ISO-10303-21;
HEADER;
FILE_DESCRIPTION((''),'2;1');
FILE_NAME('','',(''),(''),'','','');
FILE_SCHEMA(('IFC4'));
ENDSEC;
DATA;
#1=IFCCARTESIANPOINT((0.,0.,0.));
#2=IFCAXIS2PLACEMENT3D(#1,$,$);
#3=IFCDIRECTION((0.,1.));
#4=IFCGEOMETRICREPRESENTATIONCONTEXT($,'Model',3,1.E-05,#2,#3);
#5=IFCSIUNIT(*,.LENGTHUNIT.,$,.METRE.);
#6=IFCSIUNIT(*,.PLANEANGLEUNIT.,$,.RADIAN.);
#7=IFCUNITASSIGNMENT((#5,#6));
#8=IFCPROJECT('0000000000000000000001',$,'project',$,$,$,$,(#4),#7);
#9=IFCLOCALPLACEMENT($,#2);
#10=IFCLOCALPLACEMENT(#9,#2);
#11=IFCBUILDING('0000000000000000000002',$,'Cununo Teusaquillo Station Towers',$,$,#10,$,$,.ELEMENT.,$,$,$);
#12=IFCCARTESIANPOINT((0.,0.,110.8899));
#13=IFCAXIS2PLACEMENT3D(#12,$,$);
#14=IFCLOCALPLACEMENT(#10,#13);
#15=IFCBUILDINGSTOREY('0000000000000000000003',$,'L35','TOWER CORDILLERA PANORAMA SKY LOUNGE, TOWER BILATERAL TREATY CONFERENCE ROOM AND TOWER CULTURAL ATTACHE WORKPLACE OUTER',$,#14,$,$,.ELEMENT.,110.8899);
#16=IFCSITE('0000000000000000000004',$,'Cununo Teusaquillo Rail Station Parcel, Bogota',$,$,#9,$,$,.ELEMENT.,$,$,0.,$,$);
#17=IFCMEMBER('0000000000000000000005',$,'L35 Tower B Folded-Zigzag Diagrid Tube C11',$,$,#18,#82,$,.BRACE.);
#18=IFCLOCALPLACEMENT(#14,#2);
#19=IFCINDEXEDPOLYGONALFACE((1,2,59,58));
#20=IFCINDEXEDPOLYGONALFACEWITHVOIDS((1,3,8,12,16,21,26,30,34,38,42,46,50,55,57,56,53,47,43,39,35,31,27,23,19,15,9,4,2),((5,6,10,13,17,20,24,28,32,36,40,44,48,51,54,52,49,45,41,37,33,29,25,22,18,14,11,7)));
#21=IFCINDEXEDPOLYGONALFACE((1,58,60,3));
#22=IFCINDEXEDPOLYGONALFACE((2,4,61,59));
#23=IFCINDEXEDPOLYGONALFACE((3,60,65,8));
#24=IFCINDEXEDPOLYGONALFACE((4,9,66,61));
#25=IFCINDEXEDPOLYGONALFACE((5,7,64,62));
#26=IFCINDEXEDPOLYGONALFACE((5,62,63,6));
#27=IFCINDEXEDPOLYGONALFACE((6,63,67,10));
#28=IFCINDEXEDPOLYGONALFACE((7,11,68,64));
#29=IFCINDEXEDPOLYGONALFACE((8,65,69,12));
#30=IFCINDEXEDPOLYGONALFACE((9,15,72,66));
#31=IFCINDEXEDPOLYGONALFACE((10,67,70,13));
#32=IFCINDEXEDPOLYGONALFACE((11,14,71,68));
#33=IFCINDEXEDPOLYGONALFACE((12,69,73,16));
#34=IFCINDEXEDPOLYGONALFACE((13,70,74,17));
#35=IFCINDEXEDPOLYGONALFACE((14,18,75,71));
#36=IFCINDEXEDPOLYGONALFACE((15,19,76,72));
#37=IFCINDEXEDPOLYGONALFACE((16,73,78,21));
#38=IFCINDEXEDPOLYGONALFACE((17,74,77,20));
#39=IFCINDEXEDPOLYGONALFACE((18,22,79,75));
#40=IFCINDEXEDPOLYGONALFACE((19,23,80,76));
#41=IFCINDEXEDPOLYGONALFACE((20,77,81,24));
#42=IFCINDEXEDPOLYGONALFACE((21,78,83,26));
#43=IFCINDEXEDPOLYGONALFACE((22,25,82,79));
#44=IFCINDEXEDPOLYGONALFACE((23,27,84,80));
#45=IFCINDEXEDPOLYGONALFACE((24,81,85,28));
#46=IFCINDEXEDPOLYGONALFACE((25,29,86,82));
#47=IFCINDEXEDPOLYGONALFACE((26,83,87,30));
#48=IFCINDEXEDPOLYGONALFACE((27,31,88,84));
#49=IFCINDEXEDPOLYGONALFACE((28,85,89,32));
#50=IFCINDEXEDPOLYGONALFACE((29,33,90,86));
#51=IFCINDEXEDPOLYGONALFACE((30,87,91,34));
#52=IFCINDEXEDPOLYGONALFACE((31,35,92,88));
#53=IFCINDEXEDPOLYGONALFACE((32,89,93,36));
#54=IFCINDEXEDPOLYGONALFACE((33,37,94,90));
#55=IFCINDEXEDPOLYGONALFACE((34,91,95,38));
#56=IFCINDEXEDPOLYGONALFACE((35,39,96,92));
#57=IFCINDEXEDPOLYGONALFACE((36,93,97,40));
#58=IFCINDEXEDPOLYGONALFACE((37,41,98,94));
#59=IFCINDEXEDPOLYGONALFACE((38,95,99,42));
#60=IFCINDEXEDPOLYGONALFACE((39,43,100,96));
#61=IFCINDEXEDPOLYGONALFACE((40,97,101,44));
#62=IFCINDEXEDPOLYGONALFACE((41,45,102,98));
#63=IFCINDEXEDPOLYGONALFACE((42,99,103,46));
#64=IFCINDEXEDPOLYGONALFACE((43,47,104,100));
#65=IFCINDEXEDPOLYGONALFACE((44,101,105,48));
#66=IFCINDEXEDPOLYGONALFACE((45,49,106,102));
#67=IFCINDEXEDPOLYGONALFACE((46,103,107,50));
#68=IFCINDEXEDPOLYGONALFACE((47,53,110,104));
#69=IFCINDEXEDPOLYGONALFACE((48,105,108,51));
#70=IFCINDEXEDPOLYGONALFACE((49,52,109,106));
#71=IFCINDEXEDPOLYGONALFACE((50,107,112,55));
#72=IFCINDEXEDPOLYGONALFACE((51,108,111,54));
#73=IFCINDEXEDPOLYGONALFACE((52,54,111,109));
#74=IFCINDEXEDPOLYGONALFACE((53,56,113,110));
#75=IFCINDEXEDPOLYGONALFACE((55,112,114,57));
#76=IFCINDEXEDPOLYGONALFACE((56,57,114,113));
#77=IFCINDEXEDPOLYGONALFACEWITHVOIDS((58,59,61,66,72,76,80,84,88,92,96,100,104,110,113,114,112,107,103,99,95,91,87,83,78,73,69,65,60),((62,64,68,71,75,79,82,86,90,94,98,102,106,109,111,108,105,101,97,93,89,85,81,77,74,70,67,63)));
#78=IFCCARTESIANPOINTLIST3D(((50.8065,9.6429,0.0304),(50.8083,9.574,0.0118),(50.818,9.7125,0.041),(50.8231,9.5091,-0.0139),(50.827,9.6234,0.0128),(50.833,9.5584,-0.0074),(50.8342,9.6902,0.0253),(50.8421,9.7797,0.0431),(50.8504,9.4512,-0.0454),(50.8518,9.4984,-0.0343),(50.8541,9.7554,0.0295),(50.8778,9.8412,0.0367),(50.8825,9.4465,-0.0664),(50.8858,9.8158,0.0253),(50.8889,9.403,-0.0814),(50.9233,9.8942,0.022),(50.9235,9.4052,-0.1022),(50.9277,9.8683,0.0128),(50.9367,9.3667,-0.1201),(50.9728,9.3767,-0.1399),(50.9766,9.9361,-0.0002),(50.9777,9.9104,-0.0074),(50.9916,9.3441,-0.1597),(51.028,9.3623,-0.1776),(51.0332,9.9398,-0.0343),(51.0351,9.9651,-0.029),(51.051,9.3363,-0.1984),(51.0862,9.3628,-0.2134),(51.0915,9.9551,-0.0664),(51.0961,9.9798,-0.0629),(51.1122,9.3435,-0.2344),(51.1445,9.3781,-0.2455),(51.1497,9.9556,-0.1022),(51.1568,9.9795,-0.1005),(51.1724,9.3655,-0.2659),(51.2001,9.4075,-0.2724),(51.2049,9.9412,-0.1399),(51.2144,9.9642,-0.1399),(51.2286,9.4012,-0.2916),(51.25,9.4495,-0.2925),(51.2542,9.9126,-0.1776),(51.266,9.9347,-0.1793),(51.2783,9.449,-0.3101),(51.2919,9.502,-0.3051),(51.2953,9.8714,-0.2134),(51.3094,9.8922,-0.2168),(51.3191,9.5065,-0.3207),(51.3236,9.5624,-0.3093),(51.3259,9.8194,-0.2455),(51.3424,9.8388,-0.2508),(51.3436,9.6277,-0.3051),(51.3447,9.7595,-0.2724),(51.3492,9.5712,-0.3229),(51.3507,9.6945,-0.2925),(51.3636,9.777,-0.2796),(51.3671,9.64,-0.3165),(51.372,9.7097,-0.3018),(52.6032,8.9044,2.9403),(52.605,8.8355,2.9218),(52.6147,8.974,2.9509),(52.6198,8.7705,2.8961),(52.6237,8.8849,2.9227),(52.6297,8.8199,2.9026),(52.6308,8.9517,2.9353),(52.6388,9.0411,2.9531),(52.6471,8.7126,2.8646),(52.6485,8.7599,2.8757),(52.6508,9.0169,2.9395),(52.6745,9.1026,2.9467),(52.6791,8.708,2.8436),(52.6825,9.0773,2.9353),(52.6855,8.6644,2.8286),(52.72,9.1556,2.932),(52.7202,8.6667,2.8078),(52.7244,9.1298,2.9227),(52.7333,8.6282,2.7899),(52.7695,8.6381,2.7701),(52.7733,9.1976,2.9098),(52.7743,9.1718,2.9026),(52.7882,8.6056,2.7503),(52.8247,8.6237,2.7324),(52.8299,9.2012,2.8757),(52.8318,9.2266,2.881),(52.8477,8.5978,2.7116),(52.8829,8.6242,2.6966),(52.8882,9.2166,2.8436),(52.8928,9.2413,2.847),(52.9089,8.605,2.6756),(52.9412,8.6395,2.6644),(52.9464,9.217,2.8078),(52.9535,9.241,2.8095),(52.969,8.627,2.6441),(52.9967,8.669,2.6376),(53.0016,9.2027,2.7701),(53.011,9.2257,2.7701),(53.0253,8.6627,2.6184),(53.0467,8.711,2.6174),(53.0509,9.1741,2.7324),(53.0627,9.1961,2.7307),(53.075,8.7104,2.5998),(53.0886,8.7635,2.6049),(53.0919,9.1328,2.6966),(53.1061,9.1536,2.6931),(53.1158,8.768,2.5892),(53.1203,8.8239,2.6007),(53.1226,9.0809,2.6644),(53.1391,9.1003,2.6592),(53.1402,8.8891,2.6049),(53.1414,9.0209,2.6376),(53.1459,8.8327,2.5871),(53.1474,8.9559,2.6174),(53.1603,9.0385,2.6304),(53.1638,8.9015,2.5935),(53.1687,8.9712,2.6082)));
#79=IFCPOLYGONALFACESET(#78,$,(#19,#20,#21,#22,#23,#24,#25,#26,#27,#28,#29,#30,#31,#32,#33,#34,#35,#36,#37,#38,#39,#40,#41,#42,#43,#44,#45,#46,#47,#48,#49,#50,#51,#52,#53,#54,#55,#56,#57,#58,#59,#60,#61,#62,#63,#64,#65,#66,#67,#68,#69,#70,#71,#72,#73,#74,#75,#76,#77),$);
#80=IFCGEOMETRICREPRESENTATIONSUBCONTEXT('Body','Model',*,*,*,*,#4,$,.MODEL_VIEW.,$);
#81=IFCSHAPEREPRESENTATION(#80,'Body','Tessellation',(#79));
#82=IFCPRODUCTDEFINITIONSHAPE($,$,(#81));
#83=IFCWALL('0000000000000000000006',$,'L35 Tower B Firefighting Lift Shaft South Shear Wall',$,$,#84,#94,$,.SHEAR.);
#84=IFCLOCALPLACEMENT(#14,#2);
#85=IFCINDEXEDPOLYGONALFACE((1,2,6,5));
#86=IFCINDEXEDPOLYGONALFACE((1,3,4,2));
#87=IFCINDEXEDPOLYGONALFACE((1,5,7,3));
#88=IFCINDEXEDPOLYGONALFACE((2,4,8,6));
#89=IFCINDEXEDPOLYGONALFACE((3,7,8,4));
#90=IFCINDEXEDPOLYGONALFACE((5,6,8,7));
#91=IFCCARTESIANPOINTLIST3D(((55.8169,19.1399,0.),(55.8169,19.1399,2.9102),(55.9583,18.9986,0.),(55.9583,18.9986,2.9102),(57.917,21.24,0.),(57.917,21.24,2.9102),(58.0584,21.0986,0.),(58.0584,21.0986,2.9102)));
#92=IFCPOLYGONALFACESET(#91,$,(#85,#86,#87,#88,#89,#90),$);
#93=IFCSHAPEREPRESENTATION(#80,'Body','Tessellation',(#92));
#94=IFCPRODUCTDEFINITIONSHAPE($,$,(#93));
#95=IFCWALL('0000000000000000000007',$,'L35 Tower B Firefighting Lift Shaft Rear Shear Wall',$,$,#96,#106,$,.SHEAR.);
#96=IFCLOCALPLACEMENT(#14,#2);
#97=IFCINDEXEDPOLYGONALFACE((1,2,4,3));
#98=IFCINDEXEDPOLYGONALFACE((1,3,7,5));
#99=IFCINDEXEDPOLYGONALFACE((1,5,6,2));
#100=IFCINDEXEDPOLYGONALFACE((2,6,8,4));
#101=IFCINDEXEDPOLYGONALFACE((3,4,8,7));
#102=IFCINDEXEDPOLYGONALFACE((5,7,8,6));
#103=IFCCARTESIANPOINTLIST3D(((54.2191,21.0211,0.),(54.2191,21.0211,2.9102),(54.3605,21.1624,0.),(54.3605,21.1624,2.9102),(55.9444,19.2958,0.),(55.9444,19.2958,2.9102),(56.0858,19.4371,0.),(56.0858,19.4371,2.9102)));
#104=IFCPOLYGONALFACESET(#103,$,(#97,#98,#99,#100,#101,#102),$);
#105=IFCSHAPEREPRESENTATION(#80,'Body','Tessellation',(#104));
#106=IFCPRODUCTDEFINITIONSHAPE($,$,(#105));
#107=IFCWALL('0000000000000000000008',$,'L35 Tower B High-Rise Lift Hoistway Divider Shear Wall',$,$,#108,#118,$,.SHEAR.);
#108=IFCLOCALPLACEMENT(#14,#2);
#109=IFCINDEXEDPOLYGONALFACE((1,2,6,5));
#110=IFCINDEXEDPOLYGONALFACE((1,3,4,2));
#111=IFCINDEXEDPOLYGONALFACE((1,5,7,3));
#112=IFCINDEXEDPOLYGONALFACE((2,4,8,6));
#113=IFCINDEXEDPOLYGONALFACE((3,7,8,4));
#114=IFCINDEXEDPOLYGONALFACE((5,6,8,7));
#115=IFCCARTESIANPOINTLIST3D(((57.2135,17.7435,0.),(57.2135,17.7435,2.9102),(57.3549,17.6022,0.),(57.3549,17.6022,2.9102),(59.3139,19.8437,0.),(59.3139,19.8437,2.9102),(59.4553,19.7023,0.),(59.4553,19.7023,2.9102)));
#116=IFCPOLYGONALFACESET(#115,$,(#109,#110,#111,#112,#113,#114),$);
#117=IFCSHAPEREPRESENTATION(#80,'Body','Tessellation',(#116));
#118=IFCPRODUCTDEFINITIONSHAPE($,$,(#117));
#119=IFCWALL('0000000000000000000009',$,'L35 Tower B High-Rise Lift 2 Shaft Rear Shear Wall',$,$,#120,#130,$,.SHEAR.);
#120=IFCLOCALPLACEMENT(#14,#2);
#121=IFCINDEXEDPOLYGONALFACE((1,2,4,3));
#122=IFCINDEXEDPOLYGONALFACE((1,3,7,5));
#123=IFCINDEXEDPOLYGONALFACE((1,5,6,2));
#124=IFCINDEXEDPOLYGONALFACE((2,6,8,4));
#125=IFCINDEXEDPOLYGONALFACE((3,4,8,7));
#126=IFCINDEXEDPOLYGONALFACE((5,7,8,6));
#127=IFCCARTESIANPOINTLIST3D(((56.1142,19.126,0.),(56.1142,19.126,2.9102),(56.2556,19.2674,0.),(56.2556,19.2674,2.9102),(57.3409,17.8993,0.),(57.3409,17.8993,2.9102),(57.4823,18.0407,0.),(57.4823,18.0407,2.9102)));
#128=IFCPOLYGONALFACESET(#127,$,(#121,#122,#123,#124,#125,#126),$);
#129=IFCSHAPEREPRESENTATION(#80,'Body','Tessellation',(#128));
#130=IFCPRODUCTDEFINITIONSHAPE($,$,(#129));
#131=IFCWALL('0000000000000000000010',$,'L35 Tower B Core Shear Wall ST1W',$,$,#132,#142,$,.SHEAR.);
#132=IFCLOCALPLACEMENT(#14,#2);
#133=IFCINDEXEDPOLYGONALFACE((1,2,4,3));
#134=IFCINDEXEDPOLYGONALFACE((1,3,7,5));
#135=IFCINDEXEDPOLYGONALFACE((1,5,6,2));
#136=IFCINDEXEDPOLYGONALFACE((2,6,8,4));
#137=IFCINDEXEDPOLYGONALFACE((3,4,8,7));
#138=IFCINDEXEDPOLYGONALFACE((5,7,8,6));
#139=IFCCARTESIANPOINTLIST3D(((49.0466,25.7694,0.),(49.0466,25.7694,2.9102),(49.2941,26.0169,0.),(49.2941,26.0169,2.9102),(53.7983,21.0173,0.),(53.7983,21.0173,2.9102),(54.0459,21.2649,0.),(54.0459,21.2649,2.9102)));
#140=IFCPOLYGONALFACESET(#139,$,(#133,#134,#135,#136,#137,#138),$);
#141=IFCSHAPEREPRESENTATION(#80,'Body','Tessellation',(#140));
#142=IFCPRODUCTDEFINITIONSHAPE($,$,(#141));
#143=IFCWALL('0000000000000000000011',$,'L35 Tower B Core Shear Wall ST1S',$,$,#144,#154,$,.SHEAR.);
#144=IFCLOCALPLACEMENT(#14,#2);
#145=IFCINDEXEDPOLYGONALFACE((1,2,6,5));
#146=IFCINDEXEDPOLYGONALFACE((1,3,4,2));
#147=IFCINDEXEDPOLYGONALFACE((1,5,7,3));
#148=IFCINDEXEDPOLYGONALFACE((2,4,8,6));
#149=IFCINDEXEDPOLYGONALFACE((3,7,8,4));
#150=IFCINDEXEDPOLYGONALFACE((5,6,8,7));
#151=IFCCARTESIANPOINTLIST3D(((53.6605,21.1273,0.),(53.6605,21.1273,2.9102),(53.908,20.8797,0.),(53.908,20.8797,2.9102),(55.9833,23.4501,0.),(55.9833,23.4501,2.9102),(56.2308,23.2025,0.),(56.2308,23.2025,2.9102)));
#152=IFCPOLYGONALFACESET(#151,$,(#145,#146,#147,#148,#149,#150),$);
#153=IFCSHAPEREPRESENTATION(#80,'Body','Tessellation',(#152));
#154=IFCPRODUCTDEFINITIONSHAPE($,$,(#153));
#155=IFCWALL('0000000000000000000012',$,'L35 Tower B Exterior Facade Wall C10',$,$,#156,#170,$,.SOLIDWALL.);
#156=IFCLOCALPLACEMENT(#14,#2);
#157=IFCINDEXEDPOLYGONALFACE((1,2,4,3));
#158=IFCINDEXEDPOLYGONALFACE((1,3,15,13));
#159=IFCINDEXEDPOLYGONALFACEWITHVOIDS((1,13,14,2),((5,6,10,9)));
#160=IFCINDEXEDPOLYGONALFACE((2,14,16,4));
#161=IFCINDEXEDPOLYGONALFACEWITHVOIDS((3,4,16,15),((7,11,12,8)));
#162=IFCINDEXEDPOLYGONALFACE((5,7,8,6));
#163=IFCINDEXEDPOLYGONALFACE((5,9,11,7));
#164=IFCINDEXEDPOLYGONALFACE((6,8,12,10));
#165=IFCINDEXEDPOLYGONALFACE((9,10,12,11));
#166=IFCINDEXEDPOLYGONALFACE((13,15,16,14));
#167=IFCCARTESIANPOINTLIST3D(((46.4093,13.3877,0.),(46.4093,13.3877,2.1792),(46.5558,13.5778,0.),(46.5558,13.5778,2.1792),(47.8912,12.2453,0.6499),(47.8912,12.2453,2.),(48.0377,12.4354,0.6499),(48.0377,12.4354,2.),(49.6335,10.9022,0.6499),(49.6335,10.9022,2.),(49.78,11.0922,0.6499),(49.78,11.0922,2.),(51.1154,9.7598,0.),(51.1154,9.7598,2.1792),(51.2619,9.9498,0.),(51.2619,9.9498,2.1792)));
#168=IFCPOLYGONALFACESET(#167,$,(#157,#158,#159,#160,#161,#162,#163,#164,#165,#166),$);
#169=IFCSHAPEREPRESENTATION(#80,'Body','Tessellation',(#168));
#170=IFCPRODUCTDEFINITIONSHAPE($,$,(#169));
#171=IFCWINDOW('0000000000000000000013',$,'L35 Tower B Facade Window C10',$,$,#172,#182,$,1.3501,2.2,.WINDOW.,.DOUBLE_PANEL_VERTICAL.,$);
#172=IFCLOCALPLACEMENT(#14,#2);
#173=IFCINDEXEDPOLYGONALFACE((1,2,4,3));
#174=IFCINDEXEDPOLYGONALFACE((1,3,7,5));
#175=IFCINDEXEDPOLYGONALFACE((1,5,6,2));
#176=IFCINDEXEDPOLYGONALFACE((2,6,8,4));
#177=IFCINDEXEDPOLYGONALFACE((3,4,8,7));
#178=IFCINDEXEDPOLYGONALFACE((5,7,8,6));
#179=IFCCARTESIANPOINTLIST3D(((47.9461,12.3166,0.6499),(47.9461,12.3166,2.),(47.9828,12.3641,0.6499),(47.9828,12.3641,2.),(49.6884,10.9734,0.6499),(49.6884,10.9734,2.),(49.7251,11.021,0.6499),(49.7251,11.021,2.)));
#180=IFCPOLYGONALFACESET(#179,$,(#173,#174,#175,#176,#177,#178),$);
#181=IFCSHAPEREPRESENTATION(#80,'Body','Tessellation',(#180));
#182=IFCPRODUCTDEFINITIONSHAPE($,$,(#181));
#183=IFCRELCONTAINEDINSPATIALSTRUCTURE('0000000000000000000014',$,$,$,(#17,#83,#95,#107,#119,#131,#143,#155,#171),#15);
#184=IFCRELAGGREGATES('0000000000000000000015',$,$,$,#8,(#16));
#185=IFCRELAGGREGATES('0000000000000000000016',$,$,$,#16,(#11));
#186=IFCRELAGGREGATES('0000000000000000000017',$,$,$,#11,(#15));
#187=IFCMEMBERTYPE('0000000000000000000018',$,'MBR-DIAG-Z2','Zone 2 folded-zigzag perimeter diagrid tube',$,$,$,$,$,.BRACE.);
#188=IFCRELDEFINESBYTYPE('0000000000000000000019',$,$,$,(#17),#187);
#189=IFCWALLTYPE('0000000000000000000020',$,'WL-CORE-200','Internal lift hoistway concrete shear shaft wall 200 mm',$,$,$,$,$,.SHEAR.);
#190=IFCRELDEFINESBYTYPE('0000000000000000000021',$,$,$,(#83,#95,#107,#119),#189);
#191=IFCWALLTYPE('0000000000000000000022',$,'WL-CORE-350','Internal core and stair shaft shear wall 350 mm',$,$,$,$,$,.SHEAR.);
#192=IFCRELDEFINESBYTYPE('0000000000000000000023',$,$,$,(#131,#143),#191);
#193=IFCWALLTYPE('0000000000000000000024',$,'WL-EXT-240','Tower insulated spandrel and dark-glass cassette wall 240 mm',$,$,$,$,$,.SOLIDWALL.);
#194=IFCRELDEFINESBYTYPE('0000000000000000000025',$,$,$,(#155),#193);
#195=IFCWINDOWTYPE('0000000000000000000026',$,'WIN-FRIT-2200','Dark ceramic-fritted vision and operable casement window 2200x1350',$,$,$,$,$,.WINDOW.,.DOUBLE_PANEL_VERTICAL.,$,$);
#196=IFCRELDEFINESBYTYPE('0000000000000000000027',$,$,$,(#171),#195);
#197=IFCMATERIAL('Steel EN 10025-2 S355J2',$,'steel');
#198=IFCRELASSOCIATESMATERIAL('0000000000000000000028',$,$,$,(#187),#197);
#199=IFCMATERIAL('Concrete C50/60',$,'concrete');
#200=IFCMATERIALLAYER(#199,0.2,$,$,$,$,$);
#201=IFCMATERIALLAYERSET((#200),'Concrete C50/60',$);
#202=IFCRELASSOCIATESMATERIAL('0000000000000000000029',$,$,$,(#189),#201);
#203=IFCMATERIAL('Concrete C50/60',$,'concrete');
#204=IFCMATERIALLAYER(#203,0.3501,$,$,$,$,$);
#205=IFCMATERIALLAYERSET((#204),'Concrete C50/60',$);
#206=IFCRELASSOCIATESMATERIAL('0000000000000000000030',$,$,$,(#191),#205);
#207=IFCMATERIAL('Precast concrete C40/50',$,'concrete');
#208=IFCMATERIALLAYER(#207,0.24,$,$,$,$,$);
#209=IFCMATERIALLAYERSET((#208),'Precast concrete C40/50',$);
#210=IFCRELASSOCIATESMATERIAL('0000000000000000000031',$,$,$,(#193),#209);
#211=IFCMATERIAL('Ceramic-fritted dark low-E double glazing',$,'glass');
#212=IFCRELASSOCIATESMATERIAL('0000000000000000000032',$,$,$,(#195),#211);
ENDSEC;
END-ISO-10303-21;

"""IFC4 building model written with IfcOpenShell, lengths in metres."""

from ifc_helpers import new_model, si_unit, direction, frame, frame_2d, origin, origin_2d, place, context, subcontext, project, spatial, rectangle, hollow_circle, extrude, source, transform, mapped, material, layer, layer_set, material_profile, profile_set, type_object, element, fill, save


model = new_model("IFC4")

# Units and contexts
model_context = context("Model", 3, precision=1e-05, world=origin(), true_north=direction((0.0, 1.0)))
body_context = subcontext(model_context, "Body", "Model", "MODEL_VIEW")
ifc_project = project(units=[si_unit("LENGTHUNIT", "METRE"), si_unit("PLANEANGLEUNIT", "RADIAN")], contexts=[model_context])

# Site, building, storey
site_placement = place(None, origin())
site = spatial("IfcSite", under=ifc_project, at=site_placement, Name="Cununo Teusaquillo Rail Station Parcel, Bogota", CompositionType="ELEMENT", RefElevation=0.0)
building_placement = place(site_placement, origin())
building = spatial("IfcBuilding", under=site, at=building_placement, Name="Cununo Teusaquillo Station Towers", CompositionType="ELEMENT")
storey_placement = place(building_placement, frame((0.0, 0.0, 110.8899)))
storey = spatial("IfcBuildingStorey", under=building, at=storey_placement, Name="L35", Description="TOWER CORDILLERA PANORAMA SKY LOUNGE, TOWER BILATERAL TREATY CONFERENCE ROOM AND TOWER CULTURAL ATTACHE WORKPLACE OUTER", CompositionType="ELEMENT", Elevation=110.8899)

# Member
ifc_material_1 = material(Name="Steel EN 10025-2 S355J2", Category="steel")
ifc_material_profile_1 = material_profile(ifc_material_1, hollow_circle(Radius=0.3301, WallThickness=0.0249, at=origin_2d()), Name="CHS 660x25")
ifc_profile_set_1 = profile_set([ifc_material_profile_1], Name="Steel EN 10025-2 S355J2")
member_type = type_object("IfcMemberType", Name="MBR-DIAG-Z2", Description="Zone 2 folded-zigzag perimeter diagrid tube", PredefinedType="BRACE", material=ifc_profile_set_1)
member_placement = place(storey_placement, frame((51.0889, 9.6589, -0.1399), z_axis=(0.513514, -0.211086, 0.831713), x_axis=(0.380193, 0.924907, 0.0)))
element("IfcMember", 1, at=member_placement, inside=storey, type_object=member_type, Name="L35 Tower B Folded-Zigzag Diagrid Tube C11", PredefinedType="BRACE", context=body_context, shape_type="SweptSolid", body=[
    extrude(hollow_circle(Radius=0.3301, WallThickness=0.0249, at=origin_2d()), origin(), (0.0, 0.0, 1.0), 3.4988),
])

# Walls
ifc_material_2 = material(Name="Concrete C50/60", Category="concrete")
ifc_layer_1 = layer(ifc_material_2, 0.2)
ifc_layer_set_1 = layer_set([ifc_layer_1], Name="Concrete C50/60")
wall_type_1 = type_object("IfcWallType", Name="WL-CORE-200", Description="Internal lift hoistway concrete shear shaft wall 200 mm", PredefinedType="SHEAR", material=ifc_layer_set_1)
wall_1_placement = place(storey_placement, frame((55.8877, 19.0693, 0.0), z_axis=(0.0, 0.0, 1.0), x_axis=(0.707107, 0.707107, 0.0)))
element("IfcWall", 2, at=wall_1_placement, inside=storey, type_object=wall_type_1, Name="L35 Tower B Firefighting Lift Shaft South Shear Wall", PredefinedType="SHEAR", context=body_context, shape_type="SweptSolid", body=[
    extrude(rectangle(XDim=2.97, YDim=0.2, at=frame_2d((1.4849, 0.0))), origin(), (0.0, 0.0, 1.0), 2.9102),
])
wall_2_placement = place(storey_placement, frame((56.0151, 19.3665, 0.0), z_axis=(0.0, 0.0, 1.0), x_axis=(-0.707107, 0.707107, 0.0)))
element("IfcWall", 3, at=wall_2_placement, inside=storey, type_object=wall_type_1, Name="L35 Tower B Firefighting Lift Shaft Rear Shear Wall", PredefinedType="SHEAR", context=body_context, shape_type="SweptSolid", body=[
    extrude(rectangle(XDim=2.4399, YDim=0.2, at=frame_2d((1.22, 0.0))), origin(), (0.0, 0.0, 1.0), 2.9102),
])
wall_3_placement = place(storey_placement, frame((57.2842, 17.6729, 0.0), z_axis=(0.0, 0.0, 1.0), x_axis=(0.707148, 0.707066, 0.0)))
element("IfcWall", 4, at=wall_3_placement, inside=storey, type_object=wall_type_1, Name="L35 Tower B High-Rise Lift Hoistway Divider Shear Wall", PredefinedType="SHEAR", context=body_context, shape_type="SweptSolid", body=[
    extrude(rectangle(XDim=2.9702, YDim=0.2, at=frame_2d((1.4851, 0.0))), origin(), (0.0, 0.0, 1.0), 2.9102),
])
wall_4_placement = place(storey_placement, frame((57.4116, 17.97, 0.0), z_axis=(0.0, 0.0, 1.0), x_axis=(-0.707107, 0.707107, 0.0)))
element("IfcWall", 5, at=wall_4_placement, inside=storey, type_object=wall_type_1, Name="L35 Tower B High-Rise Lift 2 Shaft Rear Shear Wall", PredefinedType="SHEAR", context=body_context, shape_type="SweptSolid", body=[
    extrude(rectangle(XDim=1.7349, YDim=0.2, at=frame_2d((0.8674, 0.0))), origin(), (0.0, 0.0, 1.0), 2.9102),
])
ifc_material_3 = material(Name="Concrete C50/60", Category="concrete")
ifc_layer_2 = layer(ifc_material_3, 0.3501)
ifc_layer_set_2 = layer_set([ifc_layer_2], Name="Concrete C50/60")
wall_type_2 = type_object("IfcWallType", Name="WL-CORE-350", Description="Internal core and stair shaft shear wall 350 mm", PredefinedType="SHEAR", material=ifc_layer_set_2)
wall_5_placement = place(storey_placement, frame((53.9221, 21.1411, 0.0), z_axis=(0.0, 0.0, 1.0), x_axis=(-0.707089, 0.707125, 0.0)))
element("IfcWall", 6, at=wall_5_placement, inside=storey, type_object=wall_type_2, Name="L35 Tower B Core Shear Wall ST1W", PredefinedType="SHEAR", context=body_context, shape_type="SweptSolid", body=[
    extrude(rectangle(XDim=6.7202, YDim=0.3501, at=frame_2d((3.3601, 0.0))), origin(), (0.0, 0.0, 1.0), 2.9102),
])
wall_6_placement = place(storey_placement, frame((53.7842, 21.0034, 0.0), z_axis=(0.0, 0.0, 1.0), x_axis=(0.707107, 0.707107, 0.0)))
element("IfcWall", 7, at=wall_6_placement, inside=storey, type_object=wall_type_2, Name="L35 Tower B Core Shear Wall ST1S", PredefinedType="SHEAR", context=body_context, shape_type="SweptSolid", body=[
    extrude(rectangle(XDim=3.2849, YDim=0.3501, at=frame_2d((1.6426, 0.0))), origin(), (0.0, 0.0, 1.0), 2.9102),
])

# Wall, opening, window
ifc_material_4 = material(Name="Precast concrete C40/50", Category="concrete")
ifc_layer_3 = layer(ifc_material_4, 0.24)
ifc_layer_set_3 = layer_set([ifc_layer_3], Name="Precast concrete C40/50")
wall_type_3 = type_object("IfcWallType", Name="WL-EXT-240", Description="Tower insulated spandrel and dark-glass cassette wall 240 mm", PredefinedType="SOLIDWALL", material=ifc_layer_set_3)
wall_7_placement = place(storey_placement, frame((51.1887, 9.8547, 0.0), z_axis=(0.0, 0.0, 1.0), x_axis=(-0.791982, 0.610544, 0.0)))
wall_7 = element("IfcWall", 8, at=wall_7_placement, inside=storey, type_object=wall_type_3, Name="L35 Tower B Exterior Facade Wall C10", PredefinedType="SOLIDWALL", context=body_context, shape_type="SweptSolid", body=[
    extrude(rectangle(XDim=5.9421, YDim=0.24, at=frame_2d((2.9712, 0.0))), origin(), (0.0, 0.0, 1.0), 2.1792),
])
shared_shape_1 = source(origin(), body_context, "Body", "SweptSolid", [
    extrude(rectangle(XDim=2.2, YDim=1.3501, at=frame_2d((1.1001, 0.675))), frame((0.0, 0.1299, 0.0), z_axis=(0.0, -1.0, 0.0), x_axis=(1.0, 0.0, 0.0)), (0.0, 0.0, 1.0), 0.26),
])
opening_1_placement = place(wall_7_placement, frame((1.8711, 0.0, 0.6499)))
opening_1 = element("IfcOpeningElement", 9, at=opening_1_placement, cuts=wall_7, PredefinedType="OPENING", context=body_context, shape_type="MappedRepresentation", body=[
    mapped(shared_shape_1, transform((0.0, 0.0, 0.0), x_axis=(1.0, 0.0, 0.0), y_axis=(0.0, 1.0, 0.0), z_axis=(0.0, 0.0, 1.0), scale=1.0)),
])
ifc_material_5 = material(Name="Ceramic-fritted dark low-E double glazing", Category="glass")
window_type = type_object("IfcWindowType", Name="WIN-FRIT-2200", Description="Dark ceramic-fritted vision and operable casement window 2200x1350", PartitioningType="DOUBLE_PANEL_VERTICAL", PredefinedType="WINDOW", material=ifc_material_5)
shared_shape_2 = source(origin(), body_context, "Body", "SweptSolid", [
    extrude(rectangle(XDim=2.2, YDim=1.3501, at=frame_2d((1.1001, 0.675))), frame((0.0, 0.03, 0.0), z_axis=(0.0, -1.0, 0.0), x_axis=(1.0, 0.0, 0.0)), (0.0, 0.0, 1.0), 0.0601),
])
window_placement = place(opening_1_placement, origin())
window = element("IfcWindow", 10, at=window_placement, inside=storey, type_object=window_type, Name="L35 Tower B Facade Window C10", OverallHeight=1.3501, OverallWidth=2.2, PartitioningType="DOUBLE_PANEL_VERTICAL", PredefinedType="WINDOW", context=body_context, shape_type="MappedRepresentation", body=[
    mapped(shared_shape_2, transform((0.0, 0.0, 0.0), x_axis=(1.0, 0.0, 0.0), y_axis=(0.0, 1.0, 0.0), z_axis=(0.0, 0.0, 1.0), scale=1.0)),
])
fill(opening_1, window)

save(model, "model.ifc")
